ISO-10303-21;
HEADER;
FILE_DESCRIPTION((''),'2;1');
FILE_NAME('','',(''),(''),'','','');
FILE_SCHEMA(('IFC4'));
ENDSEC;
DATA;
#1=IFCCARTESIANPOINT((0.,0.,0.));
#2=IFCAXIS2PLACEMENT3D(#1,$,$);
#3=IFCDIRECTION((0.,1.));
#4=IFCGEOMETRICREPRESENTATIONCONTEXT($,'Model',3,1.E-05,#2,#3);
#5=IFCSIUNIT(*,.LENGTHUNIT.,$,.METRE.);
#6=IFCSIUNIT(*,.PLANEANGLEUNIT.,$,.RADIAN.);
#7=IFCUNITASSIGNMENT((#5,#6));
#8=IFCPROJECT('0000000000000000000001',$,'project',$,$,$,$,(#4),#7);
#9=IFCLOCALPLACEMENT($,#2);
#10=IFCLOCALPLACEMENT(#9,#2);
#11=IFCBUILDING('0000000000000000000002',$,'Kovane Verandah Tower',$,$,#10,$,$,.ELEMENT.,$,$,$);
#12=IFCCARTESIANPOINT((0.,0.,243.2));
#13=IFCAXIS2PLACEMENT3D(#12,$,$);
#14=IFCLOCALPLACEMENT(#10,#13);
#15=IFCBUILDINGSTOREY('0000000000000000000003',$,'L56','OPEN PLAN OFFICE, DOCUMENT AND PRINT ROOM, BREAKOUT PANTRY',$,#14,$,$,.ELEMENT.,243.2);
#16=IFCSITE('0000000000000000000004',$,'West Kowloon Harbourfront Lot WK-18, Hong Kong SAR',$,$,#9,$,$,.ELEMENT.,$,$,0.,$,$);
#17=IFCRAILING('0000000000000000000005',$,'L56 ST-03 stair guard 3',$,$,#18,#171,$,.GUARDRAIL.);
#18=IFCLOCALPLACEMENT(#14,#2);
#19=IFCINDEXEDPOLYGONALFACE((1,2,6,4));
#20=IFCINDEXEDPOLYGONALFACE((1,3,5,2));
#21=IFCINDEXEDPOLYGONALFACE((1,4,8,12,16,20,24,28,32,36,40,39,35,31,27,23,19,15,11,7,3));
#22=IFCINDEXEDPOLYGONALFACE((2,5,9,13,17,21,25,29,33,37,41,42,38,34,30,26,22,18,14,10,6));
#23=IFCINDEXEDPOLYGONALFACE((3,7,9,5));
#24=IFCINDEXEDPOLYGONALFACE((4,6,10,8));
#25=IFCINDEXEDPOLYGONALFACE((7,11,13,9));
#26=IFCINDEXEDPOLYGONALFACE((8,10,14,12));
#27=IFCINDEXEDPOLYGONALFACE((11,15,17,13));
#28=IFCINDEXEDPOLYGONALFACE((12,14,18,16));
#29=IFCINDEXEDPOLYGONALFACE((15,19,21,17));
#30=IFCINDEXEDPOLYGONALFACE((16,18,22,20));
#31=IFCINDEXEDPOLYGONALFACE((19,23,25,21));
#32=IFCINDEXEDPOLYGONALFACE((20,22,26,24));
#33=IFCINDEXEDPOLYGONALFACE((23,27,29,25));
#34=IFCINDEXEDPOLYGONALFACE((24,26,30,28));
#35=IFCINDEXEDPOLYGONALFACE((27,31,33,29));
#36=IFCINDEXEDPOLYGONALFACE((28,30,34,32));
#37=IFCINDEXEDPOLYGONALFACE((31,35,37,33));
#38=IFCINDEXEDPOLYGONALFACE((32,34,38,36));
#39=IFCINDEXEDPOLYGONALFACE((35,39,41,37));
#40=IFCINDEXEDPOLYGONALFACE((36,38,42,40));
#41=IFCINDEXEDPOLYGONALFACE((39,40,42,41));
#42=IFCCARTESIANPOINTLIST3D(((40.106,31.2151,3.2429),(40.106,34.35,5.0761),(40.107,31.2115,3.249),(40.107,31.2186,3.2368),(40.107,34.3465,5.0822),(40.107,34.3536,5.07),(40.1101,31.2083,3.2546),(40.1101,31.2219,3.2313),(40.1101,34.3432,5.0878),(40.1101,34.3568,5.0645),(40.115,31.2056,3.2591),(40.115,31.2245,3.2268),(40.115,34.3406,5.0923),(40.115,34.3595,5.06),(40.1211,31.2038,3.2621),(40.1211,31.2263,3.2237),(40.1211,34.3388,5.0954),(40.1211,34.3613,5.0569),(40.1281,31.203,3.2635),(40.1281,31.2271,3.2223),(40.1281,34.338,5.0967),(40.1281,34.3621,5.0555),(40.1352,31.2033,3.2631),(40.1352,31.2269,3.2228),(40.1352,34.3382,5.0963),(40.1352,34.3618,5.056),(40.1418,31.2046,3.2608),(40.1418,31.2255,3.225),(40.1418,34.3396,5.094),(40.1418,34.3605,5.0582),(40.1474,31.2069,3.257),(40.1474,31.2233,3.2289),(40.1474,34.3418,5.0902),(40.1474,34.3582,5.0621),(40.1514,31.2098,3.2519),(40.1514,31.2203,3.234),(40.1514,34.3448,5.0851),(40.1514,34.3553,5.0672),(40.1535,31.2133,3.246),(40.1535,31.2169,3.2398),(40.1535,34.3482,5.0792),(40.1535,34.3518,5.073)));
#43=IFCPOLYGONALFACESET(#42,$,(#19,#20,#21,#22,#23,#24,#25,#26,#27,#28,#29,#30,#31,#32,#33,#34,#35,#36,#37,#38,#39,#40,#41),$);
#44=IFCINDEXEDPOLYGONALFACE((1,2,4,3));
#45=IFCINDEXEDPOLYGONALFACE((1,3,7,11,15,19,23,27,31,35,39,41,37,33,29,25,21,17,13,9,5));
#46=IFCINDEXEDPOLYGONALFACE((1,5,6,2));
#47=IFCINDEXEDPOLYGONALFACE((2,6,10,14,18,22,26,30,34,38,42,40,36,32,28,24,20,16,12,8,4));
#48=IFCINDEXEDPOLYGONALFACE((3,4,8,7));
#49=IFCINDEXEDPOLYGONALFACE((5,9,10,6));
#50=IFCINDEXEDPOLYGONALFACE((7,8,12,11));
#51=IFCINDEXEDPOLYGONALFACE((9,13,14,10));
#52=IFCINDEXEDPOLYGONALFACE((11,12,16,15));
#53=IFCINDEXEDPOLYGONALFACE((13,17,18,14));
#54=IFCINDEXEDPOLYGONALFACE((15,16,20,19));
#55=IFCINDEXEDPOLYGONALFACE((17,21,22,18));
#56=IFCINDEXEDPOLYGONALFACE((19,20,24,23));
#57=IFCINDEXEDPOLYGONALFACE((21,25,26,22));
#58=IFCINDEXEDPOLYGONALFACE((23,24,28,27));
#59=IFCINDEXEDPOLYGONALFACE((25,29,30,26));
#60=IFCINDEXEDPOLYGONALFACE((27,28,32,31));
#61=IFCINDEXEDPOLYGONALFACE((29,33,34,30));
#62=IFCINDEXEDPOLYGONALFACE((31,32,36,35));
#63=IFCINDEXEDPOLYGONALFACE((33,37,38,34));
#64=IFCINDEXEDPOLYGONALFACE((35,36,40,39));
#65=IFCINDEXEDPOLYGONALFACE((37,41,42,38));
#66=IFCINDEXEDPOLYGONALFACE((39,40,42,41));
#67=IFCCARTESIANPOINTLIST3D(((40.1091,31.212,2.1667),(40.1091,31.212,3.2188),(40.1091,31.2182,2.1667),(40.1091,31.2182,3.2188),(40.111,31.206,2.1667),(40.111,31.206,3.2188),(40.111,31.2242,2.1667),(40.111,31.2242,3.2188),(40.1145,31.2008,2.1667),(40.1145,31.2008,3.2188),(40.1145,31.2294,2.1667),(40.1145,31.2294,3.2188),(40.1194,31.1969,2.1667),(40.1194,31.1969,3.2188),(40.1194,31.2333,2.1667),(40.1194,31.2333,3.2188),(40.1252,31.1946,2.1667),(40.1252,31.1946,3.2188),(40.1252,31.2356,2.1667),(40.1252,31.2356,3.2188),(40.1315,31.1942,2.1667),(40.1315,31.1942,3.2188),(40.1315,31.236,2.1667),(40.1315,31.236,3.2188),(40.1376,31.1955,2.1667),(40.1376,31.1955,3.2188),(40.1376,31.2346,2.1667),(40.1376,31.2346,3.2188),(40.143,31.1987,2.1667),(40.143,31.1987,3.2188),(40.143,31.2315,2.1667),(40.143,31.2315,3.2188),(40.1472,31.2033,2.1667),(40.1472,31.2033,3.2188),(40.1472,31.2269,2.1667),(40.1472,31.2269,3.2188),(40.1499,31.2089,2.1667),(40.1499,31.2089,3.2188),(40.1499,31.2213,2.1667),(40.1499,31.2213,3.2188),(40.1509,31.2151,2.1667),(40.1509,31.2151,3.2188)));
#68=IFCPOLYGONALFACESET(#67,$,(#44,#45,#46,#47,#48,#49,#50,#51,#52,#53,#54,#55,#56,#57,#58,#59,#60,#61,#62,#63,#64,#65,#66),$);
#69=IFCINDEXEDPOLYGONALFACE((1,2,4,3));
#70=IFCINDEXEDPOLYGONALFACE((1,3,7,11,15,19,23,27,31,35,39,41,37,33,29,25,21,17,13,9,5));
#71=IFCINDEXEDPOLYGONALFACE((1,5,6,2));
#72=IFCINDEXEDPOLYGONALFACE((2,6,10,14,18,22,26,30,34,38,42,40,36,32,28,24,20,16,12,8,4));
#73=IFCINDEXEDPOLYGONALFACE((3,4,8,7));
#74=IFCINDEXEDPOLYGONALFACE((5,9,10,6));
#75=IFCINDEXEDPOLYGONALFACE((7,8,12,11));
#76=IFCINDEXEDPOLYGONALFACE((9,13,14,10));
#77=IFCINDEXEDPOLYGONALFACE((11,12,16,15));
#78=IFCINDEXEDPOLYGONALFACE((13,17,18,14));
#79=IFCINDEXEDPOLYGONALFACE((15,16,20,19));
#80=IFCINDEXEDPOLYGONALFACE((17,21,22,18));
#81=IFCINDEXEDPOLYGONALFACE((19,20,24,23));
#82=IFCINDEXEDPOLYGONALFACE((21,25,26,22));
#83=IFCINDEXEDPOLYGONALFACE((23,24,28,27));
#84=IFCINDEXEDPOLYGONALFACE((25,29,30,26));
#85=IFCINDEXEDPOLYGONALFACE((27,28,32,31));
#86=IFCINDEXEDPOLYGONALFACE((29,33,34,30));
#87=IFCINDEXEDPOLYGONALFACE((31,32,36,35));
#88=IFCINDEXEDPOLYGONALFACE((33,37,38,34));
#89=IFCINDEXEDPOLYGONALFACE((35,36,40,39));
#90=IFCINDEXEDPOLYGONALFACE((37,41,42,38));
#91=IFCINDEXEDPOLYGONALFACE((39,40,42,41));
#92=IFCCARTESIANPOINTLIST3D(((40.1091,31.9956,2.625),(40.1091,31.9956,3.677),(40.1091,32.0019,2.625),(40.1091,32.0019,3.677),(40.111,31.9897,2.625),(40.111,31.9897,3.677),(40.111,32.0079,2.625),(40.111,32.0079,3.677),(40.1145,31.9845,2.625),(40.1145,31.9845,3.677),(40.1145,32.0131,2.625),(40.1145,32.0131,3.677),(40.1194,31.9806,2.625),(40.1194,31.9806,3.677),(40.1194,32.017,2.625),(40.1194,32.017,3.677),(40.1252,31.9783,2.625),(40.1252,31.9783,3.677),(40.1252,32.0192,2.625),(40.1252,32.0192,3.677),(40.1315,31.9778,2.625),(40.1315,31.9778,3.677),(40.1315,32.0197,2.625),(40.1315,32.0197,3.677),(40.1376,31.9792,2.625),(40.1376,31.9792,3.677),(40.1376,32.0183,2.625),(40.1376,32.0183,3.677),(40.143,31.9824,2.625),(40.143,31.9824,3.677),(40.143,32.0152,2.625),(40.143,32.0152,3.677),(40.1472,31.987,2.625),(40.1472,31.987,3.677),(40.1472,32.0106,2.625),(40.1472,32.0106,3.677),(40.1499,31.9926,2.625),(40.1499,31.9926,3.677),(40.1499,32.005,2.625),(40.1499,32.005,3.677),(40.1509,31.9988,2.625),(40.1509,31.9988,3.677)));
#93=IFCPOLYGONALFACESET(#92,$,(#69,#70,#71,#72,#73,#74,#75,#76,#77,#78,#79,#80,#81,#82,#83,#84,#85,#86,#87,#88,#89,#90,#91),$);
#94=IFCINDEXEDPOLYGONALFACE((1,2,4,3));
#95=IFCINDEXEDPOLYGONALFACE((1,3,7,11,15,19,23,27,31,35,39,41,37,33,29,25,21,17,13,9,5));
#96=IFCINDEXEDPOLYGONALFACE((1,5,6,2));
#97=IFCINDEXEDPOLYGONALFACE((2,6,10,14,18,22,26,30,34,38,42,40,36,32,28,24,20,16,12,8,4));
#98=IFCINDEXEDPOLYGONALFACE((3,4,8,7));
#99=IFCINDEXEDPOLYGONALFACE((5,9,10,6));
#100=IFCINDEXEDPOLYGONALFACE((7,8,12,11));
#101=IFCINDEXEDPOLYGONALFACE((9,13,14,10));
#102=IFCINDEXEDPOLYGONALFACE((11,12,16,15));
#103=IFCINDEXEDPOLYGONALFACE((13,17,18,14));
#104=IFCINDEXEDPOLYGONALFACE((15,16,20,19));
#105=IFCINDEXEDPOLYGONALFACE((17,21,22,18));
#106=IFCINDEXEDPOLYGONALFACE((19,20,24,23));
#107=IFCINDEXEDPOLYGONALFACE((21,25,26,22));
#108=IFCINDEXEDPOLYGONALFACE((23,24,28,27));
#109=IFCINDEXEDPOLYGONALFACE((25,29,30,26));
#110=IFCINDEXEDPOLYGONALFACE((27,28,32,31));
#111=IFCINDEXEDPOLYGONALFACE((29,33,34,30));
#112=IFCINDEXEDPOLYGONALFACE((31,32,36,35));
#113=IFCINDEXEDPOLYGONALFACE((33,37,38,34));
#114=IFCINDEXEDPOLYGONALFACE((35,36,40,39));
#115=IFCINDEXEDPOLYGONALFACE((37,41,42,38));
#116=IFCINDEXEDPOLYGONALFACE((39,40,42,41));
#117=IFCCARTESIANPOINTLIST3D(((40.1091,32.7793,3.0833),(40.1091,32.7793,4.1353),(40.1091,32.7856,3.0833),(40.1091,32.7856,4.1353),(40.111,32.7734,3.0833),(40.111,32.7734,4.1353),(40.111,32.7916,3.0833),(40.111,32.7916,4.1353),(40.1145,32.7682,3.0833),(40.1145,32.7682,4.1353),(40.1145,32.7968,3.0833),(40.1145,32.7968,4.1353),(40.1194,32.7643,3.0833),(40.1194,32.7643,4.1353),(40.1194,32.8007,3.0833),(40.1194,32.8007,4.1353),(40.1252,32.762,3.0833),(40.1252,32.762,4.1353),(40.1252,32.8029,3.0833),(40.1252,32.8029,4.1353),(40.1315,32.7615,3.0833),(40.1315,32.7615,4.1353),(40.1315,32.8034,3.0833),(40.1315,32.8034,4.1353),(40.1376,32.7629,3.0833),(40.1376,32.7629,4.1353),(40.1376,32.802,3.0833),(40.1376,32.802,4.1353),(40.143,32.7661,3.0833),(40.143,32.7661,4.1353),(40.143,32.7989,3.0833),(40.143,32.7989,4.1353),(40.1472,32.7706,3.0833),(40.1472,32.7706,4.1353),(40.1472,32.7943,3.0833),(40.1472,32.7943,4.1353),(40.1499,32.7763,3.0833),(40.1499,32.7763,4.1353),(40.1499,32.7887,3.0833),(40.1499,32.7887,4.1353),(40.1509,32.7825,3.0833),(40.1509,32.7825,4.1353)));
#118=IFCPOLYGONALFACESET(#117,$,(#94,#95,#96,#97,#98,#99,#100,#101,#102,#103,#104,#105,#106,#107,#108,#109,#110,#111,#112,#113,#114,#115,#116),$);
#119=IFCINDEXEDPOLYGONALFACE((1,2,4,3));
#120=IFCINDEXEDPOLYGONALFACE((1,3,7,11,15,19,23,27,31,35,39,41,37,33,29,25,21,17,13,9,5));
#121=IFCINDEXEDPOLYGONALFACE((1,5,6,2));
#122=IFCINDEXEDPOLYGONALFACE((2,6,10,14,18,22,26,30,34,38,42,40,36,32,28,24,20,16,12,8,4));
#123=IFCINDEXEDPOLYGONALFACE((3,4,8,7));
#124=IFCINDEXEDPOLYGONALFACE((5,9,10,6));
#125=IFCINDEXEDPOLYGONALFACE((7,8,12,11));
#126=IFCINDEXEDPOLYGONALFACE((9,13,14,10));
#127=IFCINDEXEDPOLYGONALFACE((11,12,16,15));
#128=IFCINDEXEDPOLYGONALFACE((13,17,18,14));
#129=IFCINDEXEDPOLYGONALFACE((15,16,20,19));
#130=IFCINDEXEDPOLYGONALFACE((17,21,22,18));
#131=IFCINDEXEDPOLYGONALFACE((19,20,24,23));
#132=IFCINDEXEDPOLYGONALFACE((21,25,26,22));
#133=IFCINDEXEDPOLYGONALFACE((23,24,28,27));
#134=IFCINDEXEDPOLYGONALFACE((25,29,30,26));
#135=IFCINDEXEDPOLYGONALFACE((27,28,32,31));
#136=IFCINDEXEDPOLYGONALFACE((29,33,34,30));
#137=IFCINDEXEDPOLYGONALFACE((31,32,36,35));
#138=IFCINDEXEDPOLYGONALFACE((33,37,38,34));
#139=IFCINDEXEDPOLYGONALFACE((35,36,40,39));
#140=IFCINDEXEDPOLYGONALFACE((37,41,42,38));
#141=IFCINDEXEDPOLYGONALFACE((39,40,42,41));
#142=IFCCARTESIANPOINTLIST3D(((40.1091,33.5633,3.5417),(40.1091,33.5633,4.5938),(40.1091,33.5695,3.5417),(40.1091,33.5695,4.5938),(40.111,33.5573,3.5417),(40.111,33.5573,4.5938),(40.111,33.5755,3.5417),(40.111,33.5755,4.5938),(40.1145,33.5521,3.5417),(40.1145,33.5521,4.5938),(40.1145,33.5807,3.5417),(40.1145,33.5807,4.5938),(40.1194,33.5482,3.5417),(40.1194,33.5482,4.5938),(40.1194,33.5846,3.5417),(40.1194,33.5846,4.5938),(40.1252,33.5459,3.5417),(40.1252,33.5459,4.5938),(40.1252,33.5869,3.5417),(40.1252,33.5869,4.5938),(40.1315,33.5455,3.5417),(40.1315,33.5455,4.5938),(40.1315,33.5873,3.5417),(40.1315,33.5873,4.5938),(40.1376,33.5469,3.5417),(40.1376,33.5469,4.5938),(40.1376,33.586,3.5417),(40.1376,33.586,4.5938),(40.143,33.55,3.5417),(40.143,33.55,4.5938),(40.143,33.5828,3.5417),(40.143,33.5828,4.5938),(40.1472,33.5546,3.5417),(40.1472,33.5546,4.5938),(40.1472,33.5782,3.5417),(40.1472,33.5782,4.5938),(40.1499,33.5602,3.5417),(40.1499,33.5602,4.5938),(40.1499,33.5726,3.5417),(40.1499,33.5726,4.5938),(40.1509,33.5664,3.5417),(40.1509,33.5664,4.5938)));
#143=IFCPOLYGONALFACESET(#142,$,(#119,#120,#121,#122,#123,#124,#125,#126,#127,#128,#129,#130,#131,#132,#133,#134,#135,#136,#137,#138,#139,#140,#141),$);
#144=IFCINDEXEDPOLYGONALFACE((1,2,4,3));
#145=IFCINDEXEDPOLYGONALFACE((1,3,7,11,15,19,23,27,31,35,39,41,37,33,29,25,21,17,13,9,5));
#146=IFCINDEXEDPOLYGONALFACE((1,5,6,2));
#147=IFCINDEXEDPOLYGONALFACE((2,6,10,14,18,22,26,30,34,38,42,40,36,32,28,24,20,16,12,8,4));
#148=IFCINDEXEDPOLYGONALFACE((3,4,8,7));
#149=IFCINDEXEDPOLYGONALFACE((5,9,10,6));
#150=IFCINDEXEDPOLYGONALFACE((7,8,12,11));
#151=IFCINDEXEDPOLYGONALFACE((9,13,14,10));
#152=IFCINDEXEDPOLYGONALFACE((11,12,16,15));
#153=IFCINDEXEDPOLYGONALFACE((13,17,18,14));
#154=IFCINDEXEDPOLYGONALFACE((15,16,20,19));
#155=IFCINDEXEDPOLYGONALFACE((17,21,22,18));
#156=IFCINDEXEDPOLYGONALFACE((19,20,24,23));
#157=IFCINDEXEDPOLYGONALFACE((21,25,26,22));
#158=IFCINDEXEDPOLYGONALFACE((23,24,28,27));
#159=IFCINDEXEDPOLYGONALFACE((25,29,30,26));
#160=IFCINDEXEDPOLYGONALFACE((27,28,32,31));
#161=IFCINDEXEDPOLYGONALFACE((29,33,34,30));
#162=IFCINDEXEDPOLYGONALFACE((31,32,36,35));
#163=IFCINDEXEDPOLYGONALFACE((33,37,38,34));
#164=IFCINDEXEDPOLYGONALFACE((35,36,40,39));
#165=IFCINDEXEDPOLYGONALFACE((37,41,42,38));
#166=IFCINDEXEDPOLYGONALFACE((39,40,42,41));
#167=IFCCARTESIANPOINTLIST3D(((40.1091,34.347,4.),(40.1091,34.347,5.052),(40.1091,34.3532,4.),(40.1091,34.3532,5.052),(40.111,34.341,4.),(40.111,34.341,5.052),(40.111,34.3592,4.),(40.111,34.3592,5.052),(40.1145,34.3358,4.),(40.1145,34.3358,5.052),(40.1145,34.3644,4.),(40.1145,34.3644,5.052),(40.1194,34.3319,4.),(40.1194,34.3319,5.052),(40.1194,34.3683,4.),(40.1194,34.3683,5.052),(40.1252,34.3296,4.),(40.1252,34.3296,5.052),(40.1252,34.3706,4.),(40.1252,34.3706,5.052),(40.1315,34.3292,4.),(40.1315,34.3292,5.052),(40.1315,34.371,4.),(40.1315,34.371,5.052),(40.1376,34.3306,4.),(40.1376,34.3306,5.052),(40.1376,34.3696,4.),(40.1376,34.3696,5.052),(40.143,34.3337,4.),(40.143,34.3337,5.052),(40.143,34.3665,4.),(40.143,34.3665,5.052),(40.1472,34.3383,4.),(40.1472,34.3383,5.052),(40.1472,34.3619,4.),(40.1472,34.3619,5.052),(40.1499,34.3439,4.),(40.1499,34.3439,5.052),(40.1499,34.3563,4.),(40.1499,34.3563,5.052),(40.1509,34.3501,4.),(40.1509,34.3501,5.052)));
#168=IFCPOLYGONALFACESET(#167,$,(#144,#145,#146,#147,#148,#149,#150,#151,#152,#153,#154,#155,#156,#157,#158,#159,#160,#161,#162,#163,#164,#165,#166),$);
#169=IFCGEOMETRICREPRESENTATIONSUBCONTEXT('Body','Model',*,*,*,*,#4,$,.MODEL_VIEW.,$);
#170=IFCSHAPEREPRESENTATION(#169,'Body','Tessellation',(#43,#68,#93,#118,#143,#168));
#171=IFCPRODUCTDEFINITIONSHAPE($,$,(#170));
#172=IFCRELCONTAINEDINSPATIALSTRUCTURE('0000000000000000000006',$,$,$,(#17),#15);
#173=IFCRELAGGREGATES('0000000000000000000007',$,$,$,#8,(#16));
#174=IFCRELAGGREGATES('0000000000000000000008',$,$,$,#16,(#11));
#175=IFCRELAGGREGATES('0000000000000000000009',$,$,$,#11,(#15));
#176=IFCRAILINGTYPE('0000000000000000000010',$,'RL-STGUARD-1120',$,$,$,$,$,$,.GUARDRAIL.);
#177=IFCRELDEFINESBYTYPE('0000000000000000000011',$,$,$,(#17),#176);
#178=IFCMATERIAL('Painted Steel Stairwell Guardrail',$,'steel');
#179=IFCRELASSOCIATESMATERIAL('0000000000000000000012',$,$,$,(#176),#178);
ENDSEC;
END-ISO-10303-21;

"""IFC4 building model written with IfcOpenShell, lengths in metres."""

from ifc_helpers import new_model, si_unit, direction, frame, origin, origin_2d, place, context, subcontext, project, spatial, circle, extrude, material, type_object, element, save


model = new_model("IFC4")

# Units and contexts
model_context = context("Model", 3, precision=1e-05, world=origin(), true_north=direction((0.0, 1.0)))
body_context = subcontext(model_context, "Body", "Model", "MODEL_VIEW")
ifc_project = project(units=[si_unit("LENGTHUNIT", "METRE"), si_unit("PLANEANGLEUNIT", "RADIAN")], contexts=[model_context])

# Site, building, storey
site_placement = place(None, origin())
site = spatial("IfcSite", under=ifc_project, at=site_placement, Name="West Kowloon Harbourfront Lot WK-18, Hong Kong SAR", CompositionType="ELEMENT", RefElevation=0.0)
building_placement = place(site_placement, origin())
building = spatial("IfcBuilding", under=site, at=building_placement, Name="Kovane Verandah Tower", CompositionType="ELEMENT")
storey_placement = place(building_placement, frame((0.0, 0.0, 243.2)))
storey = spatial("IfcBuildingStorey", under=building, at=storey_placement, Name="L56", Description="OPEN PLAN OFFICE, DOCUMENT AND PRINT ROOM, BREAKOUT PANTRY", CompositionType="ELEMENT", Elevation=243.2)

# Railing
ifc_material_1 = material(Name="Painted Steel Stairwell Guardrail", Category="steel")
railing_type_1 = type_object("IfcRailingType", Name="RL-STGUARD-1120", PredefinedType="GUARDRAIL", material=ifc_material_1)
railing_1_placement = place(storey_placement, frame((40.1299, 31.2151, 2.1667)))
element("IfcRailing", 1, at=railing_1_placement, inside=storey, type_object=railing_type_1, Name="L56 ST-03 stair guard 3", PredefinedType="GUARDRAIL", context=body_context, shape_type="SweptSolid", body=[
    extrude(circle(Radius=0.0239, at=origin_2d()), frame((0.0, 0.0, 1.0762), z_axis=(0.0, 0.86324, 0.504794), x_axis=(-1.0, 0.0, 0.0)), (0.0, 0.0, 1.0), 3.6316),
    extrude(circle(Radius=0.021, at=origin_2d()), origin(), (0.0, 0.0, 1.0), 1.052),
    extrude(circle(Radius=0.021, at=origin_2d()), frame((0.0, 0.7837, 0.4583)), (0.0, 0.0, 1.0), 1.052),
    extrude(circle(Radius=0.021, at=origin_2d()), frame((0.0, 1.5674, 0.9165)), (0.0, 0.0, 1.0), 1.052),
    extrude(circle(Radius=0.021, at=origin_2d()), frame((0.0, 2.3513, 1.375)), (0.0, 0.0, 1.0), 1.052),
    extrude(circle(Radius=0.021, at=origin_2d()), frame((0.0, 3.135, 1.8333)), (0.0, 0.0, 1.0), 1.052),
])

save(model, "model.ifc")
